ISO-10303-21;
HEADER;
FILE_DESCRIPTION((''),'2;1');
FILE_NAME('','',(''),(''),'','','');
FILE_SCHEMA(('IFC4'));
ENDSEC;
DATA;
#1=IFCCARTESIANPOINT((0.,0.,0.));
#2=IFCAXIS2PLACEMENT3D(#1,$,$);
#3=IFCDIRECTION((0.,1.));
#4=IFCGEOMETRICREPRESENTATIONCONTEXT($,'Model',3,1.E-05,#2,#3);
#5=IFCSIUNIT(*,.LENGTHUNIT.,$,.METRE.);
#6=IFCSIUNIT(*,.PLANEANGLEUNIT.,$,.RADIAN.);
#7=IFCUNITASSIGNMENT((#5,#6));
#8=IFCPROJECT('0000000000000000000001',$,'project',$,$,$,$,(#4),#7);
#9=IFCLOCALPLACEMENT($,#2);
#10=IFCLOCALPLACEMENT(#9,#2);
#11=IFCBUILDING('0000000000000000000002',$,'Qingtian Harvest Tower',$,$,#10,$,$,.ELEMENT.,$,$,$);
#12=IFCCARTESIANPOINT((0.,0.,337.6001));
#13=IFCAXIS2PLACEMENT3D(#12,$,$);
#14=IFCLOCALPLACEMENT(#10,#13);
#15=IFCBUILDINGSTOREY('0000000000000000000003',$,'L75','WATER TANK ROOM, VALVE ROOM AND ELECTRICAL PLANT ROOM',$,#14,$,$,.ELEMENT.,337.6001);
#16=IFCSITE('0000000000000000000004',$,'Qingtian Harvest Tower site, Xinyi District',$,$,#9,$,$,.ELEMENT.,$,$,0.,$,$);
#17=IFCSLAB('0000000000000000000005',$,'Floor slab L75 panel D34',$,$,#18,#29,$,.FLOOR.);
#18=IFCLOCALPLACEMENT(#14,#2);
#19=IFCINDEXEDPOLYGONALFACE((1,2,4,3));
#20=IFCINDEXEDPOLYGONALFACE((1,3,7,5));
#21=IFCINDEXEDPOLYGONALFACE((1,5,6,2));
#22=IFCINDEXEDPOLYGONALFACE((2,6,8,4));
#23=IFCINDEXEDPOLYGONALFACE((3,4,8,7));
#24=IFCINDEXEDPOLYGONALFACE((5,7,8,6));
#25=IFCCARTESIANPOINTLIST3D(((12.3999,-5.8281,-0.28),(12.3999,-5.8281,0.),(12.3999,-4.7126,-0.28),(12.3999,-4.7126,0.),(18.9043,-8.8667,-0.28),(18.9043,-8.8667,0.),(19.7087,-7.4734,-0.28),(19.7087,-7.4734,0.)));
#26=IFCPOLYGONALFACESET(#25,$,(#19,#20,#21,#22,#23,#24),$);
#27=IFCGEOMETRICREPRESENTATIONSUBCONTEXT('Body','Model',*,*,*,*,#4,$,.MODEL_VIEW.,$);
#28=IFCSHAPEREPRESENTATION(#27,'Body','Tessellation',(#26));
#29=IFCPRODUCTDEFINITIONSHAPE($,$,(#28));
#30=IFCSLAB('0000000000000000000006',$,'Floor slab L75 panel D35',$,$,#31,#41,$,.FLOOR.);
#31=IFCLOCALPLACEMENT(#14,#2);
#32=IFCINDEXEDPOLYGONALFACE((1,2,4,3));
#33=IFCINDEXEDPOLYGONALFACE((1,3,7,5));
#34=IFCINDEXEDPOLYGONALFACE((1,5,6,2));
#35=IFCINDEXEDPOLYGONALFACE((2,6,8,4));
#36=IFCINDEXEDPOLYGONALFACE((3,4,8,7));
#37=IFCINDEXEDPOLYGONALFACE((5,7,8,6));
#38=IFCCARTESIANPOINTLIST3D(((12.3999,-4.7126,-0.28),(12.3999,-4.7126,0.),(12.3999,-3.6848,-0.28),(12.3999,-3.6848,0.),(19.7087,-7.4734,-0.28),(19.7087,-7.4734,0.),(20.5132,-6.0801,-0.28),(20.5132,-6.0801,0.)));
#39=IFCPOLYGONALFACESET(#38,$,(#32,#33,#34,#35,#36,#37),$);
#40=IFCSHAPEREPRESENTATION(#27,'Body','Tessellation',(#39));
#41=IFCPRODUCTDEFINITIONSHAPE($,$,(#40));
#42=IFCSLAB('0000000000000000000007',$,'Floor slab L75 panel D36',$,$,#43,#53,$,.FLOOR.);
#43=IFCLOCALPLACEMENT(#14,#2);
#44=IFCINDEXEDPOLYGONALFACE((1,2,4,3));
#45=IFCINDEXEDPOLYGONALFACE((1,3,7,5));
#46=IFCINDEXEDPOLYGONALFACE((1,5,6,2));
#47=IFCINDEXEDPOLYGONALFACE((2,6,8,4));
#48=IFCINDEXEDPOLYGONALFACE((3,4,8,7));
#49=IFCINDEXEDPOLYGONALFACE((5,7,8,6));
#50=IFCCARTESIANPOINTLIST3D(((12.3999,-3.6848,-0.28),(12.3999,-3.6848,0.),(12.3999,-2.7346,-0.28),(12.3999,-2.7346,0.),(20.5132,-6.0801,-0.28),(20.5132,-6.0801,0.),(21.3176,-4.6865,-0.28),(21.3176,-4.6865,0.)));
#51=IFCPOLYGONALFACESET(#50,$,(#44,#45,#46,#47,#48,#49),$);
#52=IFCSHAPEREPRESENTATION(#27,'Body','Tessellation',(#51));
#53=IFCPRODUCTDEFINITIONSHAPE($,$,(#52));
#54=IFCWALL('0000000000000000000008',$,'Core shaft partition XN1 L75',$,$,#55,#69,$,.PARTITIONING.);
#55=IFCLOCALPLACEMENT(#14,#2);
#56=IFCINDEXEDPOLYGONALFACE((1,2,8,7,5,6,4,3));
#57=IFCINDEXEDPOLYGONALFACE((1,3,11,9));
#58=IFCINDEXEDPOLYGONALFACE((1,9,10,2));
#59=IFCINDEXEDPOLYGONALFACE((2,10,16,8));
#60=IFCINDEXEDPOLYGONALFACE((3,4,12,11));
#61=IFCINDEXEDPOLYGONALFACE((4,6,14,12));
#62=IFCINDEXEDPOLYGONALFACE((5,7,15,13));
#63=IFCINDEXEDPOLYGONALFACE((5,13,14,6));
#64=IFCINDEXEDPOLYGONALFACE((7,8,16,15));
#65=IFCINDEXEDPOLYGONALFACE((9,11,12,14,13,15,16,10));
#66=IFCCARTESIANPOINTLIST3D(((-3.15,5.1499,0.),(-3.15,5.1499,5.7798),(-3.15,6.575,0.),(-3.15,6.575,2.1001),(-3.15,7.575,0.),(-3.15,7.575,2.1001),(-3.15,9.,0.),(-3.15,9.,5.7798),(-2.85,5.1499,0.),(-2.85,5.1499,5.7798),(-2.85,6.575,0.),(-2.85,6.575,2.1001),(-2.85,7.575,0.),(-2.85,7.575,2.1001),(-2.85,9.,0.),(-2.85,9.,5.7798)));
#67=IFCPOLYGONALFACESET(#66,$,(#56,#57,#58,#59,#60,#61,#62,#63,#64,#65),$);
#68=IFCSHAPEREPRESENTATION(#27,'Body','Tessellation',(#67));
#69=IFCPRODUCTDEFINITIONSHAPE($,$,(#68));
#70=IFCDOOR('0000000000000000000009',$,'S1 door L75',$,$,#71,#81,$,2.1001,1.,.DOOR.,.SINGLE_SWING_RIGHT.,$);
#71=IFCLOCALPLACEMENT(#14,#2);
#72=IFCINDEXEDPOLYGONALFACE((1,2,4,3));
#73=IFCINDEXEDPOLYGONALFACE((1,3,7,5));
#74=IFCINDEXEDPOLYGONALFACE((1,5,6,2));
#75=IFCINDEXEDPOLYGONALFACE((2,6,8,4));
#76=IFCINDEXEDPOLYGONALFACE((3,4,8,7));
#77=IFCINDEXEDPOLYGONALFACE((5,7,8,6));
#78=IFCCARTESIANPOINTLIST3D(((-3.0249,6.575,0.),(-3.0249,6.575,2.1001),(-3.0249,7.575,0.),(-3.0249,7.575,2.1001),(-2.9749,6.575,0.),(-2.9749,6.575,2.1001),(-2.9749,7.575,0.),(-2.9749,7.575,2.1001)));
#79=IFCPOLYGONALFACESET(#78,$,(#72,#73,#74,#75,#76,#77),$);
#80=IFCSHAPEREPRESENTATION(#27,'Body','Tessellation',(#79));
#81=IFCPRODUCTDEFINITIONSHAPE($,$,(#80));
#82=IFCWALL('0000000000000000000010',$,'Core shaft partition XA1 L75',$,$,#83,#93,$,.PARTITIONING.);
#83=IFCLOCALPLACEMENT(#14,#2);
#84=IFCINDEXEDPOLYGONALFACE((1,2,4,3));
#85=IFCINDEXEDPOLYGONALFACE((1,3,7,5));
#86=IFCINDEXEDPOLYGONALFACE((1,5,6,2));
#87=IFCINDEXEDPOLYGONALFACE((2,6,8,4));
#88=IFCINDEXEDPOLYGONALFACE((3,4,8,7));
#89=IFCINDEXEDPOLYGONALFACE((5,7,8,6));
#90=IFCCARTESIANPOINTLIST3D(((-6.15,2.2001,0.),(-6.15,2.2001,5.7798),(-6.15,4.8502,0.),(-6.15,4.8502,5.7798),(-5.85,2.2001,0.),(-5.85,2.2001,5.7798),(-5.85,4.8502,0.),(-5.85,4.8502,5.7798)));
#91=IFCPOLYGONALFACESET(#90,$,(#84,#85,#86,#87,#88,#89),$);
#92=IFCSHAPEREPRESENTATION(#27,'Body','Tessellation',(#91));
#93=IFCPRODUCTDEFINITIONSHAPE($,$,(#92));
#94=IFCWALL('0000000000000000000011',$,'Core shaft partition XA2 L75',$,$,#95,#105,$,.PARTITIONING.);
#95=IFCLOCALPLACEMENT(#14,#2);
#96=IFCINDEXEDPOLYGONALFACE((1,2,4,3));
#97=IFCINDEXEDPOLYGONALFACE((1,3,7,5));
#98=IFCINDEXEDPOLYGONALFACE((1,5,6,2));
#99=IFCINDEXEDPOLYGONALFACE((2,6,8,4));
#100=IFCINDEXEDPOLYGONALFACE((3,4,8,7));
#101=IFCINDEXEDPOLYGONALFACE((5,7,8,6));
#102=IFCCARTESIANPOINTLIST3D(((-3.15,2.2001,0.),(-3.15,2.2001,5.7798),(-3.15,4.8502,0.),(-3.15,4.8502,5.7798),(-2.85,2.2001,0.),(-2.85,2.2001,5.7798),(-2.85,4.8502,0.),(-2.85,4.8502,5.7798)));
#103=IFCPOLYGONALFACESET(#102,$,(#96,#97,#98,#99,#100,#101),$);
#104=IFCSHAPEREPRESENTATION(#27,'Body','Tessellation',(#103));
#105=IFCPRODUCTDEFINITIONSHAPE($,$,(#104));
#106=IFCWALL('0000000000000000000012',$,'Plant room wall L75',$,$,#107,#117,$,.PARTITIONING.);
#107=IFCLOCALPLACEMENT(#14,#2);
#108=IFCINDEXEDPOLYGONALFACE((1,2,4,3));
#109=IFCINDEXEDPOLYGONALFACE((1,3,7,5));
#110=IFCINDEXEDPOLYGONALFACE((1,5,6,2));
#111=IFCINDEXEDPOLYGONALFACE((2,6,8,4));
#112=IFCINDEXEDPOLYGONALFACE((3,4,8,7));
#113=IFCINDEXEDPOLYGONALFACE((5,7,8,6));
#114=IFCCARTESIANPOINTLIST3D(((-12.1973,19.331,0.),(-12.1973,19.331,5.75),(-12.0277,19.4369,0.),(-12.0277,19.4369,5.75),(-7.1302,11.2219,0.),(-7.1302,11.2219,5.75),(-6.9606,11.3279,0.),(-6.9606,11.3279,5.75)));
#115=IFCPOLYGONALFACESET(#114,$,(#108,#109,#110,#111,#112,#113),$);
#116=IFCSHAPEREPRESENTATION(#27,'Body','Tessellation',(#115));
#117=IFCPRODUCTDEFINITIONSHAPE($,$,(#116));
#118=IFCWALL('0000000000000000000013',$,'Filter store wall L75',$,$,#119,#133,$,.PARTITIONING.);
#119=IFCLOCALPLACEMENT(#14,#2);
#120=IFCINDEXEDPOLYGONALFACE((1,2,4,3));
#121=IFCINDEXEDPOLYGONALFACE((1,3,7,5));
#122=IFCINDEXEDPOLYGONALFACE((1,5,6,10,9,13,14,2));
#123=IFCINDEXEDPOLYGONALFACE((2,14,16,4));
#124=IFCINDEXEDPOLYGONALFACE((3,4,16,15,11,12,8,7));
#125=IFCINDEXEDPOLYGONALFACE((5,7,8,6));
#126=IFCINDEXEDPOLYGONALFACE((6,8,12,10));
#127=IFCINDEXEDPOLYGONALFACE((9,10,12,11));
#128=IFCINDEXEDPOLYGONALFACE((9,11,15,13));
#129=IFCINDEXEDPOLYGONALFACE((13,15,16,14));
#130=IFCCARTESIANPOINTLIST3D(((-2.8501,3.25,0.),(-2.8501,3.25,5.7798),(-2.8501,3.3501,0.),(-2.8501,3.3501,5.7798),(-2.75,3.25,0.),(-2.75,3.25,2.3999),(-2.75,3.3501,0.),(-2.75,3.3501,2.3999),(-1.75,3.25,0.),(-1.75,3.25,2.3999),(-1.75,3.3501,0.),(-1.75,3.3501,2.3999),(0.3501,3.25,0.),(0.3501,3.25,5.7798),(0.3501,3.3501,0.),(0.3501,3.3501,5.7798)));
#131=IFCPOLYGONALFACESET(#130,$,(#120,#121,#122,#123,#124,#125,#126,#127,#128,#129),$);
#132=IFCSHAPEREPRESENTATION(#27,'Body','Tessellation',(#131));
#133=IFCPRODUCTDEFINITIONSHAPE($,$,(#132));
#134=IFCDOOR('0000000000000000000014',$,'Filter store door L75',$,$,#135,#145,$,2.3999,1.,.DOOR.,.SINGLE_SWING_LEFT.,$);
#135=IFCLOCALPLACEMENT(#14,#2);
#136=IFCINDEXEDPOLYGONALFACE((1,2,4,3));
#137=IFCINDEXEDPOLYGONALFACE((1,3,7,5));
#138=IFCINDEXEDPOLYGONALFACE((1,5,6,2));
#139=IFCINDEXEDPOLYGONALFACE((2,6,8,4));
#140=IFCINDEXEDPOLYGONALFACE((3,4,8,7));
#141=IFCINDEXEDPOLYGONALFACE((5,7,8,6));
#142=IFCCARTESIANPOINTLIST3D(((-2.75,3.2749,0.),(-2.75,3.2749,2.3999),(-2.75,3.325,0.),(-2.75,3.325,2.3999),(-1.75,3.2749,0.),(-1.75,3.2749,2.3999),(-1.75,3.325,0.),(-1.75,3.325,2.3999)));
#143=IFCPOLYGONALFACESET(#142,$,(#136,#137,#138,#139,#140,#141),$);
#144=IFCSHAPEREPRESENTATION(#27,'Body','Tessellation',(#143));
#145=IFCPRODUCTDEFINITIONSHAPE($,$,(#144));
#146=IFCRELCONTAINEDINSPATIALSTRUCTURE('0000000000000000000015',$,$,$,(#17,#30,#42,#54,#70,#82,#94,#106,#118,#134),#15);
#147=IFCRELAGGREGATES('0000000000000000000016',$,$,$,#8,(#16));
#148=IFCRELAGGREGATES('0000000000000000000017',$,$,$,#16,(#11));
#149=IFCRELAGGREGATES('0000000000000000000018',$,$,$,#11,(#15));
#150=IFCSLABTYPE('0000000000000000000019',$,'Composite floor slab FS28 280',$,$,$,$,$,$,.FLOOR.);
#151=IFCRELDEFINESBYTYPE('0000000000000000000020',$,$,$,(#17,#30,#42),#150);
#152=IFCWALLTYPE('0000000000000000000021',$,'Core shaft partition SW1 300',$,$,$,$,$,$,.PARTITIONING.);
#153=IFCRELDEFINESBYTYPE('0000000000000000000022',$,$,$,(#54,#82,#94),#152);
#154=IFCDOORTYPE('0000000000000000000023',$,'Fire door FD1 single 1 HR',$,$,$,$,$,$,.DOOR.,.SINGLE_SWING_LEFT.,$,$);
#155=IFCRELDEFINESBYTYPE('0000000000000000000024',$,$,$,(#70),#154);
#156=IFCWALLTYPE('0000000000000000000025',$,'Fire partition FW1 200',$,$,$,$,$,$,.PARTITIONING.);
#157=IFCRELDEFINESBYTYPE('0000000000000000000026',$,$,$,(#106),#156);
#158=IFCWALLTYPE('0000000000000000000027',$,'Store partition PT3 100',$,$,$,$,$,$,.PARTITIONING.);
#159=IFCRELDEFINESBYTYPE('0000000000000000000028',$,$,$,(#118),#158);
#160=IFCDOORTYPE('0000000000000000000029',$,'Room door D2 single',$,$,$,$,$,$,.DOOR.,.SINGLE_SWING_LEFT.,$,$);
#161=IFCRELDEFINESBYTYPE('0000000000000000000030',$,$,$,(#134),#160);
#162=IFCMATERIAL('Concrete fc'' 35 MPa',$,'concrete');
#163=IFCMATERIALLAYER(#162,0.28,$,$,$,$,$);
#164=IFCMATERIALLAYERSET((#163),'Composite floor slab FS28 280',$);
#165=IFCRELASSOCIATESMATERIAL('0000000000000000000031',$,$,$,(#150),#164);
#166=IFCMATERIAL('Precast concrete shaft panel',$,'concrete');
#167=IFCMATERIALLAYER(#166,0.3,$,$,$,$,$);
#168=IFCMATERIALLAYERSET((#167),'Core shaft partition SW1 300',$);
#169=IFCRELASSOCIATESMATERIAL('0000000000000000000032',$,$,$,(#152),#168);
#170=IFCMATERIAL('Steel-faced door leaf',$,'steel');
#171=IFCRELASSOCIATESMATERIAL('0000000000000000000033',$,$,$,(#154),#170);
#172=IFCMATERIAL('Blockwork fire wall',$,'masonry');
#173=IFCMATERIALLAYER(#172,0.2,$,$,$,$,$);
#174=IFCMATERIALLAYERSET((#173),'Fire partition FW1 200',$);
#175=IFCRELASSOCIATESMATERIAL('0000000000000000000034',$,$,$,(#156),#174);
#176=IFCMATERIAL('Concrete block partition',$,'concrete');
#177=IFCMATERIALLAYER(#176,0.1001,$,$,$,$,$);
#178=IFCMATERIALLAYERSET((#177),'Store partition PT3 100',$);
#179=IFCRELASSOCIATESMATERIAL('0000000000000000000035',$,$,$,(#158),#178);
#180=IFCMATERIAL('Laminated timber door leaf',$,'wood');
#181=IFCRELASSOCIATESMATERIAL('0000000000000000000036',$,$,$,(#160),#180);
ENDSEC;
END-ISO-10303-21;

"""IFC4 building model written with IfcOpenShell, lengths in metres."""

from ifc_helpers import new_model, si_unit, direction, frame, frame_2d, origin, place, context, subcontext, project, spatial, polyline, rectangle, outline, extrude, material, layer, layer_set, type_object, element, fill, save


model = new_model("IFC4")

# Units and contexts
model_context = context("Model", 3, precision=1e-05, world=origin(), true_north=direction((0.0, 1.0)))
body_context = subcontext(model_context, "Body", "Model", "MODEL_VIEW")
ifc_project = project(units=[si_unit("LENGTHUNIT", "METRE"), si_unit("PLANEANGLEUNIT", "RADIAN")], contexts=[model_context])

# Site, building, storey
site_placement = place(None, origin())
site = spatial("IfcSite", under=ifc_project, at=site_placement, Name="Qingtian Harvest Tower site, Xinyi District", CompositionType="ELEMENT", RefElevation=0.0)
building_placement = place(site_placement, origin())
building = spatial("IfcBuilding", under=site, at=building_placement, Name="Qingtian Harvest Tower", CompositionType="ELEMENT")
storey_placement = place(building_placement, frame((0.0, 0.0, 337.6001)))
storey = spatial("IfcBuildingStorey", under=building, at=storey_placement, Name="L75", Description="WATER TANK ROOM, VALVE ROOM AND ELECTRICAL PLANT ROOM", CompositionType="ELEMENT", Elevation=337.6001)

# Slabs
ifc_material_1 = material(Name="Concrete fc' 35 MPa", Category="concrete")
ifc_layer_1 = layer(ifc_material_1, 0.28)
ifc_layer_set_1 = layer_set([ifc_layer_1], Name="Composite floor slab FS28 280")
slab_type = type_object("IfcSlabType", Name="Composite floor slab FS28 280", PredefinedType="FLOOR", material=ifc_layer_set_1)
slab_1_placement = place(storey_placement, frame((0.0, 0.0, -0.28)))
element("IfcSlab", 1, at=slab_1_placement, inside=storey, type_object=slab_type, Name="Floor slab L75 panel D34", PredefinedType="FLOOR", context=body_context, shape_type="SweptSolid", body=[
    extrude(outline(polyline([(12.3999, -4.7126), (19.7087, -7.4734), (18.9043, -8.8667), (12.3999, -5.8281), (12.3999, -4.7126)])), origin(), (0.0, 0.0, 1.0), 0.28),
])
slab_2_placement = place(storey_placement, frame((0.0, 0.0, -0.28)))
element("IfcSlab", 2, at=slab_2_placement, inside=storey, type_object=slab_type, Name="Floor slab L75 panel D35", PredefinedType="FLOOR", context=body_context, shape_type="SweptSolid", body=[
    extrude(outline(polyline([(12.3999, -3.6848), (20.5132, -6.0801), (19.7087, -7.4734), (12.3999, -4.7126), (12.3999, -3.6848)])), origin(), (0.0, 0.0, 1.0), 0.28),
])
slab_3_placement = place(storey_placement, frame((0.0, 0.0, -0.28)))
element("IfcSlab", 3, at=slab_3_placement, inside=storey, type_object=slab_type, Name="Floor slab L75 panel D36", PredefinedType="FLOOR", context=body_context, shape_type="SweptSolid", body=[
    extrude(outline(polyline([(12.3999, -2.7346), (21.3176, -4.6865), (20.5132, -6.0801), (12.3999, -3.6848), (12.3999, -2.7346)])), origin(), (0.0, 0.0, 1.0), 0.28),
])

# Wall, opening, door
ifc_material_2 = material(Name="Precast concrete shaft panel", Category="concrete")
ifc_layer_2 = layer(ifc_material_2, 0.3)
ifc_layer_set_2 = layer_set([ifc_layer_2], Name="Core shaft partition SW1 300")
wall_type_1 = type_object("IfcWallType", Name="Core shaft partition SW1 300", PredefinedType="PARTITIONING", material=ifc_layer_set_2)
wall_1_placement = place(storey_placement, frame((-3.0, 5.1499, 0.0), z_axis=(0.0, 0.0, 1.0), x_axis=(0.0, 1.0, 0.0)))
wall_1 = element("IfcWall", 4, at=wall_1_placement, inside=storey, type_object=wall_type_1, Name="Core shaft partition XN1 L75", PredefinedType="PARTITIONING", context=body_context, shape_type="SweptSolid", body=[
    extrude(rectangle(XDim=3.8501, YDim=0.3, at=frame_2d((1.925, 0.0))), origin(), (0.0, 0.0, 1.0), 5.7798),
])
opening_1_placement = place(wall_1_placement, frame((1.425, 0.0, 0.0)))
opening_1 = element("IfcOpeningElement", 5, at=opening_1_placement, cuts=wall_1, PredefinedType="OPENING", context=body_context, shape_type="SweptSolid", body=[
    extrude(rectangle(XDim=1.0, YDim=2.1001, at=frame_2d((0.5, 1.05))), frame((0.0, 0.1599, 0.0), z_axis=(0.0, -1.0, 0.0), x_axis=(1.0, 0.0, 0.0)), (0.0, 0.0, 1.0), 0.3201),
])
ifc_material_3 = material(Name="Steel-faced door leaf", Category="steel")
door_type_1 = type_object("IfcDoorType", Name="Fire door FD1 single 1 HR", OperationType="SINGLE_SWING_LEFT", PredefinedType="DOOR", material=ifc_material_3)
door_1_placement = place(opening_1_placement, origin())
door_1 = element("IfcDoor", 6, at=door_1_placement, inside=storey, type_object=door_type_1, Name="S1 door L75", OperationType="SINGLE_SWING_RIGHT", OverallHeight=2.1001, OverallWidth=1.0, PredefinedType="DOOR", context=body_context, shape_type="SweptSolid", body=[
    extrude(rectangle(XDim=1.0, YDim=2.1001, at=frame_2d((0.5, 1.05))), frame((0.0, 0.0249, 0.0), z_axis=(0.0, -1.0, 0.0), x_axis=(1.0, 0.0, 0.0)), (0.0, 0.0, 1.0), 0.05),
])
fill(opening_1, door_1)

# Walls
for number, where, z_axis, x_axis, name in (
    (7, (-6.0, 2.2, 0.0), (0.0, 0.0, 1.0), (0.0, 1.0, 0.0), "Core shaft partition XA1 L75"),
    (8, (-3.0, 2.2, 0.0), (0.0, 0.0, 1.0), (0.0, 1.0, 0.0), "Core shaft partition XA2 L75"),
):
    element("IfcWall", number, at=place(storey_placement, frame(where, z_axis=z_axis, x_axis=x_axis)), inside=storey, type_object=wall_type_1, Name=name, PredefinedType="PARTITIONING", context=body_context, shape_type="SweptSolid", body=[
        extrude(rectangle(XDim=2.6501, YDim=0.3, at=frame_2d((1.3252, 0.0))), origin(), (0.0, 0.0, 1.0), 5.7798),
    ])
ifc_material_4 = material(Name="Blockwork fire wall", Category="masonry")
ifc_layer_3 = layer(ifc_material_4, 0.2)
ifc_layer_set_3 = layer_set([ifc_layer_3], Name="Fire partition FW1 200")
wall_type_2 = type_object("IfcWallType", Name="Fire partition FW1 200", PredefinedType="PARTITIONING", material=ifc_layer_set_3)
wall_2_placement = place(storey_placement, frame((-7.0454, 11.2749, 0.0), z_axis=(0.0, 0.0, 1.0), x_axis=(-0.529919, 0.848049, 0.0)))
element("IfcWall", 9, at=wall_2_placement, inside=storey, type_object=wall_type_2, Name="Plant room wall L75", PredefinedType="PARTITIONING", context=body_context, shape_type="SweptSolid", body=[
    extrude(rectangle(XDim=9.562, YDim=0.2, at=frame_2d((4.781, 0.0))), origin(), (0.0, 0.0, 1.0), 5.75),
])

# Wall, opening, door
ifc_material_5 = material(Name="Concrete block partition", Category="concrete")
ifc_layer_4 = layer(ifc_material_5, 0.1001)
ifc_layer_set_4 = layer_set([ifc_layer_4], Name="Store partition PT3 100")
wall_type_3 = type_object("IfcWallType", Name="Store partition PT3 100", PredefinedType="PARTITIONING", material=ifc_layer_set_4)
wall_3_placement = place(storey_placement, frame((-2.8501, 3.3, 0.0), z_axis=(0.0, 0.0, 1.0), x_axis=(1.0, 0.0, 0.0)))
wall_3 = element("IfcWall", 10, at=wall_3_placement, inside=storey, type_object=wall_type_3, Name="Filter store wall L75", PredefinedType="PARTITIONING", context=body_context, shape_type="SweptSolid", body=[
    extrude(rectangle(XDim=3.2002, YDim=0.1001, at=frame_2d((1.6001, 0.0))), origin(), (0.0, 0.0, 1.0), 5.7798),
])
opening_2_placement = place(wall_3_placement, frame((0.1001, 0.0, 0.0)))
opening_2 = element("IfcOpeningElement", 11, at=opening_2_placement, cuts=wall_3, PredefinedType="OPENING", context=body_context, shape_type="SweptSolid", body=[
    extrude(rectangle(XDim=1.0, YDim=2.3999, at=frame_2d((0.5, 1.2))), frame((0.0, 0.0601, 0.0), z_axis=(0.0, -1.0, 0.0), x_axis=(1.0, 0.0, 0.0)), (0.0, 0.0, 1.0), 0.1201),
])
ifc_material_6 = material(Name="Laminated timber door leaf", Category="wood")
door_type_2 = type_object("IfcDoorType", Name="Room door D2 single", OperationType="SINGLE_SWING_LEFT", PredefinedType="DOOR", material=ifc_material_6)
door_2_placement = place(opening_2_placement, origin())
door_2 = element("IfcDoor", 12, at=door_2_placement, inside=storey, type_object=door_type_2, Name="Filter store door L75", OperationType="SINGLE_SWING_LEFT", OverallHeight=2.3999, OverallWidth=1.0, PredefinedType="DOOR", context=body_context, shape_type="SweptSolid", body=[
    extrude(rectangle(XDim=1.0, YDim=2.3999, at=frame_2d((0.5, 1.2))), frame((0.0, 0.0249, 0.0), z_axis=(0.0, -1.0, 0.0), x_axis=(1.0, 0.0, 0.0)), (0.0, 0.0, 1.0), 0.05),
])
fill(opening_2, door_2)

save(model, "model.ifc")
